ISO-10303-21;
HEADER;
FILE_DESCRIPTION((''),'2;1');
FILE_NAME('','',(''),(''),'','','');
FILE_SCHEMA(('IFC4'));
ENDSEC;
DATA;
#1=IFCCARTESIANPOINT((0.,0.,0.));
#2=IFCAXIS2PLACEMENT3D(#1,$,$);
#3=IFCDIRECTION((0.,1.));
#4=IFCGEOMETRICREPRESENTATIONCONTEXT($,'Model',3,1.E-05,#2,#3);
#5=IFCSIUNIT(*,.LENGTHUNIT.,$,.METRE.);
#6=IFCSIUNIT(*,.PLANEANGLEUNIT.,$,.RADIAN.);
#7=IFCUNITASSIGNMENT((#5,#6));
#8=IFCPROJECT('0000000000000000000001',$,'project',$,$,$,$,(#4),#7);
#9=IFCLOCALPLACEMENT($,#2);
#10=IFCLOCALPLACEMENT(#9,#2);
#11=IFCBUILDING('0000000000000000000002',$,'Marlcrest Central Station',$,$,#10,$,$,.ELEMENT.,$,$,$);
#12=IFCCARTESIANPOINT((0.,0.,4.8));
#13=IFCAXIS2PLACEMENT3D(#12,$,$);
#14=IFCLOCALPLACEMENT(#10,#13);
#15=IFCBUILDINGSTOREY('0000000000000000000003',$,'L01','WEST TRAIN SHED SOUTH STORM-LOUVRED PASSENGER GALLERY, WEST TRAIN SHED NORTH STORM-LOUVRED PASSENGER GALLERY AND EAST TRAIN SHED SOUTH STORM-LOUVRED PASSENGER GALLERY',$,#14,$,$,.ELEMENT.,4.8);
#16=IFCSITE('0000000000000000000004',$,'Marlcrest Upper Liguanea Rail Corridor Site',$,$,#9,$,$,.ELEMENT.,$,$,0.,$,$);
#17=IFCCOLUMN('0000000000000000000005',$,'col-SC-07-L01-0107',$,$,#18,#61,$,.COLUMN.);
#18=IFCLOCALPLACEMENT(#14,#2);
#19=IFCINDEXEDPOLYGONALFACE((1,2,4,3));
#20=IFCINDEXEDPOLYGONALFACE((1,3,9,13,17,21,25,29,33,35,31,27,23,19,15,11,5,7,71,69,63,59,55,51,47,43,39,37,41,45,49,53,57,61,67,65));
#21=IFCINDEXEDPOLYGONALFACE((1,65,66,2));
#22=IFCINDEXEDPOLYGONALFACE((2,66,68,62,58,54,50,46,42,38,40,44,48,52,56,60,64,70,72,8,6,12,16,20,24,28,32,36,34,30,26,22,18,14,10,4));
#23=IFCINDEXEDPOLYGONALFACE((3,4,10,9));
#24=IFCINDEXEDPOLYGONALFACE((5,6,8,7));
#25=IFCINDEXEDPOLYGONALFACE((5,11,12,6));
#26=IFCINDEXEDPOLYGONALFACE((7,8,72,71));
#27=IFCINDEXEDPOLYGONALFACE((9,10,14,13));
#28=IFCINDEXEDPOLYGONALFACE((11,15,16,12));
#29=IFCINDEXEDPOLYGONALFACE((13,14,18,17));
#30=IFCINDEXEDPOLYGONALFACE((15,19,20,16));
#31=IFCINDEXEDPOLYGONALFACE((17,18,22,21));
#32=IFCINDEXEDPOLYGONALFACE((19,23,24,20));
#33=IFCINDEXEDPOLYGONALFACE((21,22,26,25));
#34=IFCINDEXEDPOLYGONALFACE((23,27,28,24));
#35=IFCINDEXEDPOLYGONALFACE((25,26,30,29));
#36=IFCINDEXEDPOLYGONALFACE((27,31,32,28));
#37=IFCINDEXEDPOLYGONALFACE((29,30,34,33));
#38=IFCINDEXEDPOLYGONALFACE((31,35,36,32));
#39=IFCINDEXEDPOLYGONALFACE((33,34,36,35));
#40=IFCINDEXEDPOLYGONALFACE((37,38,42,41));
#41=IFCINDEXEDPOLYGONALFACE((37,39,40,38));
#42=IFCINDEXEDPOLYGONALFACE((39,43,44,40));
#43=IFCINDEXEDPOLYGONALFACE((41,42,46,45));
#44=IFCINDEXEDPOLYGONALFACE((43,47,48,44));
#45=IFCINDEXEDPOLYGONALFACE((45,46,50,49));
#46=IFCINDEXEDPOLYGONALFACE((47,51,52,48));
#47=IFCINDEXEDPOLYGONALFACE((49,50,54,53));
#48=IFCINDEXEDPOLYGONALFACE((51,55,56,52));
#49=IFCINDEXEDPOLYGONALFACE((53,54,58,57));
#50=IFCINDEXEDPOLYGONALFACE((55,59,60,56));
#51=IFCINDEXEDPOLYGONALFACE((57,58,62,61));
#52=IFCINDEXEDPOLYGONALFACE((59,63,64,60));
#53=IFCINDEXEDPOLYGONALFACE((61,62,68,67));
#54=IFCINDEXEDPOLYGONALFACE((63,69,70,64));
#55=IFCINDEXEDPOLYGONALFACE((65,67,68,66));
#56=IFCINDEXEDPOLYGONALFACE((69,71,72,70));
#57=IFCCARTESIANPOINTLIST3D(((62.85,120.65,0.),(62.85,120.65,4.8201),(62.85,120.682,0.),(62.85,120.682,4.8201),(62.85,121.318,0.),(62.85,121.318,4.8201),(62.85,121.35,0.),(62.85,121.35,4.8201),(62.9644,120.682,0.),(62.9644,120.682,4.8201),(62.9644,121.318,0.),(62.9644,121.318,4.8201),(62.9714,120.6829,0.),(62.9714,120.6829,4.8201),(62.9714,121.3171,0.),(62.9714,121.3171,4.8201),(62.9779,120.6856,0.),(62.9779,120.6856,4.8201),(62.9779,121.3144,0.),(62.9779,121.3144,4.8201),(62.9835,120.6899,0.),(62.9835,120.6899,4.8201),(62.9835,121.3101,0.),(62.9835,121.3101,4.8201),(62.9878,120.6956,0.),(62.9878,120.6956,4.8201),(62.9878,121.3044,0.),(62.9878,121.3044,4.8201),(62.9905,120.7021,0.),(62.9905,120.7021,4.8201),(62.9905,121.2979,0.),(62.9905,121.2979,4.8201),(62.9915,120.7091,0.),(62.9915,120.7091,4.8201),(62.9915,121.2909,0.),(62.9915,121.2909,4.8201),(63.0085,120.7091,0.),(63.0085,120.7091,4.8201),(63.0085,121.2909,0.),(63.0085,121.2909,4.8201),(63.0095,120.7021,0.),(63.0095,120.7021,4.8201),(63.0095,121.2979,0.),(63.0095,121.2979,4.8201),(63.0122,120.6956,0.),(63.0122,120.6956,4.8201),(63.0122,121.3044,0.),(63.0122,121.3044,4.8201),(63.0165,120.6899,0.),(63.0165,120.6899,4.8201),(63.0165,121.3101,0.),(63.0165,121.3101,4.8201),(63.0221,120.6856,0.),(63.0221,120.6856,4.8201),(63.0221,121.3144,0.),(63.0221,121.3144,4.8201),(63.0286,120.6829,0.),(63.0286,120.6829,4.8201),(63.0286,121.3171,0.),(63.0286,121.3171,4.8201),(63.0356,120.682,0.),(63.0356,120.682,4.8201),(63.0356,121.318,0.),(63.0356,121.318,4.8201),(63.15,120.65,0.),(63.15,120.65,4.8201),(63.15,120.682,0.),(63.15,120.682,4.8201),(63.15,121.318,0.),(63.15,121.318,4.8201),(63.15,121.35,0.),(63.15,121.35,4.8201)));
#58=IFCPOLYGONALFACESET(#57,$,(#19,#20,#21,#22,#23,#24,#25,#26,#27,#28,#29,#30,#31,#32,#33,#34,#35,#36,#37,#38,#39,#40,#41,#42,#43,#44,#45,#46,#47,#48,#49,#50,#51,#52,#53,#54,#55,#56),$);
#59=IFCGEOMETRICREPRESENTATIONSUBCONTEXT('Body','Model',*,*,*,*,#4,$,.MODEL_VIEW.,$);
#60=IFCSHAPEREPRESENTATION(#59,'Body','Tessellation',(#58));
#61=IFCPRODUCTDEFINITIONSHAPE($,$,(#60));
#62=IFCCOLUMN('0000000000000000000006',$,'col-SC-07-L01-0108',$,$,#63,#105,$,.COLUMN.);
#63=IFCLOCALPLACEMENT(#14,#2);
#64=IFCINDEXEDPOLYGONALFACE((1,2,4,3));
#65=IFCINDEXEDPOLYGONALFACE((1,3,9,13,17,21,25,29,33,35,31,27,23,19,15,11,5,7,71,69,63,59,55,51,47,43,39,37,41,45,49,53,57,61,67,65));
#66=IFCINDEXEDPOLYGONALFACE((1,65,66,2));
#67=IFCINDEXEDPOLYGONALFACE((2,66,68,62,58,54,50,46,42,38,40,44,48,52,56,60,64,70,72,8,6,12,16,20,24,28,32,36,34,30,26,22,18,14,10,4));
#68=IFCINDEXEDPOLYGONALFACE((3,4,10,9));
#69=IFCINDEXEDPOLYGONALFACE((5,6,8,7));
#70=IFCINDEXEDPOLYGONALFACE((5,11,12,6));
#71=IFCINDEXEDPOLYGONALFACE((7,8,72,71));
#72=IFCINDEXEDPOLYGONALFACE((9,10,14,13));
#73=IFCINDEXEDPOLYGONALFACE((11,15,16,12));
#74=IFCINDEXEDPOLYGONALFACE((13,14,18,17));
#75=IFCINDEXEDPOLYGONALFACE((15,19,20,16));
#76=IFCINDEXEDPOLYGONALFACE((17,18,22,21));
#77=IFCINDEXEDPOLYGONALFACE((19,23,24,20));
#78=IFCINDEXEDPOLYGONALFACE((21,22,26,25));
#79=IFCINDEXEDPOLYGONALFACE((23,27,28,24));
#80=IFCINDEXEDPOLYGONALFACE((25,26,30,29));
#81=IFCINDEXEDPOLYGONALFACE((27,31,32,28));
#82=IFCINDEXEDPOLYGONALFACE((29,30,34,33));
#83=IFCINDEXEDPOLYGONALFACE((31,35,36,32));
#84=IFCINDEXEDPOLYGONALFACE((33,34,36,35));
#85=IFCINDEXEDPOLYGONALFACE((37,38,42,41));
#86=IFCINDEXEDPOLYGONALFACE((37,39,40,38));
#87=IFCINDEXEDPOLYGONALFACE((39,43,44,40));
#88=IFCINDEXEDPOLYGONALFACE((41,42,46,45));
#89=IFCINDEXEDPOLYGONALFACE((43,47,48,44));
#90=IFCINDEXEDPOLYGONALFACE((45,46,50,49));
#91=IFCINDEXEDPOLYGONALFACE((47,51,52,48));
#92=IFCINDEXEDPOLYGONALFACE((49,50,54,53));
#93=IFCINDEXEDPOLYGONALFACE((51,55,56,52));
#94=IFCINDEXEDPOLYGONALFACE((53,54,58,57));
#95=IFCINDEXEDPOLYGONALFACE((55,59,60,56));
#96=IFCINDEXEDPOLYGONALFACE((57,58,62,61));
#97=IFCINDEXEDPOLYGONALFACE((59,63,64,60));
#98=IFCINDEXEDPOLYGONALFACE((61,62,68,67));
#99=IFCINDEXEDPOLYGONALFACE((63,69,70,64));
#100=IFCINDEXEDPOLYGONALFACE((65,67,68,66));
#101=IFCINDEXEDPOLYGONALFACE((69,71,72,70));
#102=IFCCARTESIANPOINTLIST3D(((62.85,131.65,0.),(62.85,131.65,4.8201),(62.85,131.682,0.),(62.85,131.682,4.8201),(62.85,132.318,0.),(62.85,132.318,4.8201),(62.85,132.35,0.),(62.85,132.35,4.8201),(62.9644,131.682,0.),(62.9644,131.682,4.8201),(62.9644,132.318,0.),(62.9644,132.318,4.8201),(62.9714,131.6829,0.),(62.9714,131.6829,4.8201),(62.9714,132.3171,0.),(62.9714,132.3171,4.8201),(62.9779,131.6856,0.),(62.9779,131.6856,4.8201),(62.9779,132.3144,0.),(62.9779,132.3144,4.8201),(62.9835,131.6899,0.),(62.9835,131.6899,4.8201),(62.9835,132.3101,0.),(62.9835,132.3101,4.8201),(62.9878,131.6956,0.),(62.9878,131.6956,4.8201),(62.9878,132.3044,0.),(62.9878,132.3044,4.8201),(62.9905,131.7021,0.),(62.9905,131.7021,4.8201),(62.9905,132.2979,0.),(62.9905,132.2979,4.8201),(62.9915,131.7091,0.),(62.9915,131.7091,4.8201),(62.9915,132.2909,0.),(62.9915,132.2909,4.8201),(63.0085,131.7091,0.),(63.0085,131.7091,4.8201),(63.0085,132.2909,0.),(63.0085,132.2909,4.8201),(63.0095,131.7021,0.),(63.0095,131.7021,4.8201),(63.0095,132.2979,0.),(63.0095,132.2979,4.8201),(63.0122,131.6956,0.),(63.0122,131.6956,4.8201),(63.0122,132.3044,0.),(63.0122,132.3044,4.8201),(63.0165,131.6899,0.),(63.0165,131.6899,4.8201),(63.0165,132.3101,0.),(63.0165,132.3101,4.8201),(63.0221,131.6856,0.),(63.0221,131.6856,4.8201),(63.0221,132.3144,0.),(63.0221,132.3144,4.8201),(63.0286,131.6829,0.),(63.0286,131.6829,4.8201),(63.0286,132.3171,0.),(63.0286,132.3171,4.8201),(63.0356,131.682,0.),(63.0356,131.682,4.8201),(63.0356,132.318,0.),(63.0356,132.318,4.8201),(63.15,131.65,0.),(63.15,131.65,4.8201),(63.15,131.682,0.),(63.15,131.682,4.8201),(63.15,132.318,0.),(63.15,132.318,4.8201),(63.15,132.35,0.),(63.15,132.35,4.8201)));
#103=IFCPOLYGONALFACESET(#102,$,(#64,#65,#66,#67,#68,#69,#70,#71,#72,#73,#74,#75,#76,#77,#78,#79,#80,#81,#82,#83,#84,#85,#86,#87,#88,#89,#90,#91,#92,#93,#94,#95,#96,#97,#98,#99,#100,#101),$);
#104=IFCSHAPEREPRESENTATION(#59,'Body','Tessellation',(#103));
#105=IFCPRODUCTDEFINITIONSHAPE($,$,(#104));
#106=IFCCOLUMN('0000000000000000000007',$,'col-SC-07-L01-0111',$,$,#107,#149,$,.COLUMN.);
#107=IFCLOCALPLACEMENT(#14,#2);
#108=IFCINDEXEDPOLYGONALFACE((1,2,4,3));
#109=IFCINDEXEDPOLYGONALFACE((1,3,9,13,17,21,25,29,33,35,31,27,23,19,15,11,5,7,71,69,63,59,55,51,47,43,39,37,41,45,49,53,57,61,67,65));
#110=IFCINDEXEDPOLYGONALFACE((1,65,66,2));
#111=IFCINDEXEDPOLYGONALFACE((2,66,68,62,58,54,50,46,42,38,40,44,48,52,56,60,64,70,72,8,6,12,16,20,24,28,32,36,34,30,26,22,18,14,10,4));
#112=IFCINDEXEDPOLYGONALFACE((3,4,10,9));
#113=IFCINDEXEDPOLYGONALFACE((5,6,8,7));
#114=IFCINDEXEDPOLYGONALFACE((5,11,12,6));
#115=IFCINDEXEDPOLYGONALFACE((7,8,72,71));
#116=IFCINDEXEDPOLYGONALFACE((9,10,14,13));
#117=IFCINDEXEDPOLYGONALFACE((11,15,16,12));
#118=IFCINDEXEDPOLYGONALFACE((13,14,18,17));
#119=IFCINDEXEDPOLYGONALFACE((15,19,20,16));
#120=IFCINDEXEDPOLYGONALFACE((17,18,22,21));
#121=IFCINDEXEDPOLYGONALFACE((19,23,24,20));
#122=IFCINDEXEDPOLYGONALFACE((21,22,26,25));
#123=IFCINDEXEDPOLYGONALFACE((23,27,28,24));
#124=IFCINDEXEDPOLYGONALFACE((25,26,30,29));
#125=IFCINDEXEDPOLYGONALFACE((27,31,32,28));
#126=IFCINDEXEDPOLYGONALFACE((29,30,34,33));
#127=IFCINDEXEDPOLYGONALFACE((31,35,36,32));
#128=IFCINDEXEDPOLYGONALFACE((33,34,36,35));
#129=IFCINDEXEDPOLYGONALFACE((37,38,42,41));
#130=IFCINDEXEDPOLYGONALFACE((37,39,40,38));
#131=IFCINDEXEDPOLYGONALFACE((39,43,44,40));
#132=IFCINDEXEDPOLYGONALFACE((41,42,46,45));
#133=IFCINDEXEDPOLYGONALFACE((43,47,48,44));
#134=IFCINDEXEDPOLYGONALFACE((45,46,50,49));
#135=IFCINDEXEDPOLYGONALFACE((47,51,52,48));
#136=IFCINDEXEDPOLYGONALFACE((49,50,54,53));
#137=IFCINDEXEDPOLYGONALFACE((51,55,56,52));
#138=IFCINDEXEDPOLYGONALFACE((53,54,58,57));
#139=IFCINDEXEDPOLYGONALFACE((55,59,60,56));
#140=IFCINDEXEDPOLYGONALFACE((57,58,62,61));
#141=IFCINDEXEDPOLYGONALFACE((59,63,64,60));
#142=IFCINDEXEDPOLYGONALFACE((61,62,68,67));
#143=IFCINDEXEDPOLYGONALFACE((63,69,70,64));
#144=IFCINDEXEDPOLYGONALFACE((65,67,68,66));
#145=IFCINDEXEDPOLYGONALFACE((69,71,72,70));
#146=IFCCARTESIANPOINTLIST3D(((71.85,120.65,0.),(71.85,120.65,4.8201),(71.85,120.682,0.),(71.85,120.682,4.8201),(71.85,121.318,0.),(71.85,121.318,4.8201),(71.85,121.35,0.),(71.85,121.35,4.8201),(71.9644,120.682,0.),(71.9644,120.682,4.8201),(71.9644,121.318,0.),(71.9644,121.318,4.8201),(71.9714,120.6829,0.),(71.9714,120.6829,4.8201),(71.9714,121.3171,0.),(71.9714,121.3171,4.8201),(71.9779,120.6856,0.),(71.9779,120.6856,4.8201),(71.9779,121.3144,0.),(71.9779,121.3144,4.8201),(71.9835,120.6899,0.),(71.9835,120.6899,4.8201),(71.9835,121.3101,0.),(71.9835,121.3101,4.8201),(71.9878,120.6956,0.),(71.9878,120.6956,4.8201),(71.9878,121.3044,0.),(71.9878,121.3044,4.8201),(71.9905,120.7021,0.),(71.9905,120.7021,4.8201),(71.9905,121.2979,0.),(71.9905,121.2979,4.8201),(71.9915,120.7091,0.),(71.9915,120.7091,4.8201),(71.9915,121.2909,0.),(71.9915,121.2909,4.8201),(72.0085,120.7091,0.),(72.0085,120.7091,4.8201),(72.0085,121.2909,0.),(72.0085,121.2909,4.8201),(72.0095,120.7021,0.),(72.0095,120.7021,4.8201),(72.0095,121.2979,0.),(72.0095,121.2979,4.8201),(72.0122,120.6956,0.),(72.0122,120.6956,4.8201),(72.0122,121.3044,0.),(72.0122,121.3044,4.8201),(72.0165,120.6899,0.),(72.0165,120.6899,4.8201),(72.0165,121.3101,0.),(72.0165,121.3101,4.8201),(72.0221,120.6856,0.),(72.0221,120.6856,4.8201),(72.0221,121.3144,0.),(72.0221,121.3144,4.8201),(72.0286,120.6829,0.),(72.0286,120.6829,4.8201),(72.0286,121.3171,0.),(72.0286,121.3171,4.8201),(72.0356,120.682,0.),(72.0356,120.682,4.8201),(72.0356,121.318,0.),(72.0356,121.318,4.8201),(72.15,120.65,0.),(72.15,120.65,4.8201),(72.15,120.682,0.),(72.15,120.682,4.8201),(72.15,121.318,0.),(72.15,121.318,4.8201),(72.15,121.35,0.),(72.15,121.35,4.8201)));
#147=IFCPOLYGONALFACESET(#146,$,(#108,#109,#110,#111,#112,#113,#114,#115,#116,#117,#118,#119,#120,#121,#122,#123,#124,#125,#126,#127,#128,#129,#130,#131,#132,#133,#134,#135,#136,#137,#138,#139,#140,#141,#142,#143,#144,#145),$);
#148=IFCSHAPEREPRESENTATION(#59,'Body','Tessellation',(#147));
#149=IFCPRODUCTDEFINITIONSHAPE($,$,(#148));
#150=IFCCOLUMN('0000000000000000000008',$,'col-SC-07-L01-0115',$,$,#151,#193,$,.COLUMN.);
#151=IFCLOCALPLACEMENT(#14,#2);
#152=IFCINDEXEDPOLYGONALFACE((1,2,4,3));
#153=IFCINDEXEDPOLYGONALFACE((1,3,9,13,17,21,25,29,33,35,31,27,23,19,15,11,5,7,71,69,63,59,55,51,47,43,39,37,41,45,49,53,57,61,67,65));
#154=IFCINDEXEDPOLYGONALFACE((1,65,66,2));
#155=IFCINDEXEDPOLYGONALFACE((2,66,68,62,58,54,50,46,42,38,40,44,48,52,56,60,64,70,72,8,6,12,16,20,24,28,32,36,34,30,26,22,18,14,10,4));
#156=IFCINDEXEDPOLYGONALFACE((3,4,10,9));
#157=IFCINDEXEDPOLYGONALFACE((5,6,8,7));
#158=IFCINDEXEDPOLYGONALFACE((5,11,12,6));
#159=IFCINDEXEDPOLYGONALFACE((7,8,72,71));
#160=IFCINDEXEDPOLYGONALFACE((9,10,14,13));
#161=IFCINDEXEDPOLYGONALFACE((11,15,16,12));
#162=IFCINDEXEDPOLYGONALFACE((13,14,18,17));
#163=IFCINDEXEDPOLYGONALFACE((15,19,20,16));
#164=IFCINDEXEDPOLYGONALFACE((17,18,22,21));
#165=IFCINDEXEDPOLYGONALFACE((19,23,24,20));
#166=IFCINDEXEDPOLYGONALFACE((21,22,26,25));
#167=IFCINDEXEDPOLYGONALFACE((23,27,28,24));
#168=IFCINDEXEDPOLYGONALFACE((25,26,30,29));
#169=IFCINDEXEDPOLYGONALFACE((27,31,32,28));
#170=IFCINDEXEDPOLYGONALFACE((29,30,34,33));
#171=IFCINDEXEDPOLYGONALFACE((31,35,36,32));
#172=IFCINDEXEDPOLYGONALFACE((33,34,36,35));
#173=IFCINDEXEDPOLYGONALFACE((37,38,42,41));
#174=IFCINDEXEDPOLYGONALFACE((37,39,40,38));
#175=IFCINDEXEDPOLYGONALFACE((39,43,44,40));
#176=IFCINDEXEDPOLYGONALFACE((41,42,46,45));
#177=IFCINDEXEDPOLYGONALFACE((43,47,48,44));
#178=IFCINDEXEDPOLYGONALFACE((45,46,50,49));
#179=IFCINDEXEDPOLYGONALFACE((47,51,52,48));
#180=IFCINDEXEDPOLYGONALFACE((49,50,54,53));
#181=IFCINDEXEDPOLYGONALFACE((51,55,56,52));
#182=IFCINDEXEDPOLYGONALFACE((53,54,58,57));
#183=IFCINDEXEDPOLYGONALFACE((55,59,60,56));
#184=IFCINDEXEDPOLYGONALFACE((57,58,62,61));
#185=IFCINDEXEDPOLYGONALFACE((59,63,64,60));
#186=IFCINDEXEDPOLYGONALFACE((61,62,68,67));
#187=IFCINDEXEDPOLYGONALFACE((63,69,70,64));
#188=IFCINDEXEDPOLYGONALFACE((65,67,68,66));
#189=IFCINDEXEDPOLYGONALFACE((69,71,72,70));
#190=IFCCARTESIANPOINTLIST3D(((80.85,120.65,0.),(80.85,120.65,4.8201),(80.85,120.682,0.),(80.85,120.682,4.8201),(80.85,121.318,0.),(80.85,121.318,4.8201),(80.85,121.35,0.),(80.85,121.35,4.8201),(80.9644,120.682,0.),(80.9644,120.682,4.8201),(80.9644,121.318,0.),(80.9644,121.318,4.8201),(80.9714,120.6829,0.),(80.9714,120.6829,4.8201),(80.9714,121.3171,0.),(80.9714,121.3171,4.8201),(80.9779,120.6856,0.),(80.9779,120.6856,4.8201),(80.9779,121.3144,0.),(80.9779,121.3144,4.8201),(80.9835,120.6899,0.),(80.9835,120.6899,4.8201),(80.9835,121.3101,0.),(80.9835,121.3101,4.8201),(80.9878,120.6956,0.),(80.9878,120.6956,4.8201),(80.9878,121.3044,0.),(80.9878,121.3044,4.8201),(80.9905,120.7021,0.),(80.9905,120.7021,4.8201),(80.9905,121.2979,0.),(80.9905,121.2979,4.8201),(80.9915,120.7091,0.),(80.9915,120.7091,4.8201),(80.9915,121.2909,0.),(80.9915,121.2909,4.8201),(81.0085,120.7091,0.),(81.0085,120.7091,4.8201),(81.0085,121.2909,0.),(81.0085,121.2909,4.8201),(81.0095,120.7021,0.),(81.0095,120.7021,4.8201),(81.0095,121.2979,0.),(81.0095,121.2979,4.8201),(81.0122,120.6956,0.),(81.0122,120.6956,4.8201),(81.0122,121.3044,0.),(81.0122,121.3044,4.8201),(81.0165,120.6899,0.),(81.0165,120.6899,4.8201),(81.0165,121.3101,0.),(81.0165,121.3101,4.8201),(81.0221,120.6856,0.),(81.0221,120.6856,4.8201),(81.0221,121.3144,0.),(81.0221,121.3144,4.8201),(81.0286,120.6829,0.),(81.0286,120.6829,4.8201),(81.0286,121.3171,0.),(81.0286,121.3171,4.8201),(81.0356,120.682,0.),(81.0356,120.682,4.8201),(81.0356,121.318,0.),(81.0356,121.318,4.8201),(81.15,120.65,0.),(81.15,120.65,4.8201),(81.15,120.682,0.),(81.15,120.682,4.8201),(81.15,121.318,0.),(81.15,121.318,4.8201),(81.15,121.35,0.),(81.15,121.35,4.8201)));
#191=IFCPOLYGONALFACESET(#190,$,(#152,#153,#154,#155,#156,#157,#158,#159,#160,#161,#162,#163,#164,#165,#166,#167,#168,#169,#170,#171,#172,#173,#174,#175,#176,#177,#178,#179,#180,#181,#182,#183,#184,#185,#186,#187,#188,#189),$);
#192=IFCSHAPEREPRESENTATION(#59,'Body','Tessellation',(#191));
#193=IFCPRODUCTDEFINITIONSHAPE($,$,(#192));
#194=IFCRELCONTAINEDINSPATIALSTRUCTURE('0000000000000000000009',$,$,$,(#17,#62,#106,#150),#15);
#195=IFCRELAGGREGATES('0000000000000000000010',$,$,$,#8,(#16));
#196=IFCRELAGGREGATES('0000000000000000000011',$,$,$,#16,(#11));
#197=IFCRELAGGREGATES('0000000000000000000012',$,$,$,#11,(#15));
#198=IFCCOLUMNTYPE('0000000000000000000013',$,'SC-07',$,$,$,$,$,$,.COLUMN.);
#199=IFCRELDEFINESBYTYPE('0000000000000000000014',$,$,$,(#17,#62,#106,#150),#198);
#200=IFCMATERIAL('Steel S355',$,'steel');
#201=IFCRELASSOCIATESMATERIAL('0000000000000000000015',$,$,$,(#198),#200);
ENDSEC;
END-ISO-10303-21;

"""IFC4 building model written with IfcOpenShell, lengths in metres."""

from ifc_helpers import new_model, si_unit, direction, frame, origin, origin_2d, place, context, subcontext, project, spatial, i_section, extrude, material, material_profile, profile_set, type_object, element, save


model = new_model("IFC4")

# Units and contexts
model_context = context("Model", 3, precision=1e-05, world=origin(), true_north=direction((0.0, 1.0)))
body_context = subcontext(model_context, "Body", "Model", "MODEL_VIEW")
ifc_project = project(units=[si_unit("LENGTHUNIT", "METRE"), si_unit("PLANEANGLEUNIT", "RADIAN")], contexts=[model_context])

# Site, building, storey
site_placement = place(None, origin())
site = spatial("IfcSite", under=ifc_project, at=site_placement, Name="Marlcrest Upper Liguanea Rail Corridor Site", CompositionType="ELEMENT", RefElevation=0.0)
building_placement = place(site_placement, origin())
building = spatial("IfcBuilding", under=site, at=building_placement, Name="Marlcrest Central Station", CompositionType="ELEMENT")
storey_placement = place(building_placement, frame((0.0, 0.0, 4.8)))
storey = spatial("IfcBuildingStorey", under=building, at=storey_placement, Name="L01", Description="WEST TRAIN SHED SOUTH STORM-LOUVRED PASSENGER GALLERY, WEST TRAIN SHED NORTH STORM-LOUVRED PASSENGER GALLERY AND EAST TRAIN SHED SOUTH STORM-LOUVRED PASSENGER GALLERY", CompositionType="ELEMENT", Elevation=4.8)

# Columns
ifc_material_1 = material(Name="Steel S355", Category="steel")
ifc_material_profile_1 = material_profile(ifc_material_1, i_section(OverallWidth=0.3, OverallDepth=0.7, WebThickness=0.0171, FlangeThickness=0.032, FilletRadius=0.0271, at=origin_2d()), Name="HEB 700")
ifc_profile_set_1 = profile_set([ifc_material_profile_1], Name="Steel S355")
column_type = type_object("IfcColumnType", Name="SC-07", PredefinedType="COLUMN", material=ifc_profile_set_1)
for number, where, z_axis, x_axis, name in (
    (1, (63.0, 121.0, 0.0), (0.0, 0.0, 1.0), (1.0, 0.0, 0.0), "col-SC-07-L01-0107"),
    (2, (63.0, 132.0, 0.0), (0.0, 0.0, 1.0), (1.0, 0.0, 0.0), "col-SC-07-L01-0108"),
    (3, (72.0, 121.0, 0.0), (0.0, 0.0, 1.0), (1.0, 0.0, 0.0), "col-SC-07-L01-0111"),
    (4, (81.0, 121.0, 0.0), (0.0, 0.0, 1.0), (1.0, 0.0, 0.0), "col-SC-07-L01-0115"),
):
    element("IfcColumn", number, at=place(storey_placement, frame(where, z_axis=z_axis, x_axis=x_axis)), inside=storey, type_object=column_type, Name=name, PredefinedType="COLUMN", context=body_context, shape_type="SweptSolid", body=[
        extrude(i_section(OverallWidth=0.3, OverallDepth=0.7, WebThickness=0.0171, FlangeThickness=0.032, FilletRadius=0.0271, at=origin_2d()), origin(), (0.0, 0.0, 1.0), 4.8201),
    ])

save(model, "model.ifc")
